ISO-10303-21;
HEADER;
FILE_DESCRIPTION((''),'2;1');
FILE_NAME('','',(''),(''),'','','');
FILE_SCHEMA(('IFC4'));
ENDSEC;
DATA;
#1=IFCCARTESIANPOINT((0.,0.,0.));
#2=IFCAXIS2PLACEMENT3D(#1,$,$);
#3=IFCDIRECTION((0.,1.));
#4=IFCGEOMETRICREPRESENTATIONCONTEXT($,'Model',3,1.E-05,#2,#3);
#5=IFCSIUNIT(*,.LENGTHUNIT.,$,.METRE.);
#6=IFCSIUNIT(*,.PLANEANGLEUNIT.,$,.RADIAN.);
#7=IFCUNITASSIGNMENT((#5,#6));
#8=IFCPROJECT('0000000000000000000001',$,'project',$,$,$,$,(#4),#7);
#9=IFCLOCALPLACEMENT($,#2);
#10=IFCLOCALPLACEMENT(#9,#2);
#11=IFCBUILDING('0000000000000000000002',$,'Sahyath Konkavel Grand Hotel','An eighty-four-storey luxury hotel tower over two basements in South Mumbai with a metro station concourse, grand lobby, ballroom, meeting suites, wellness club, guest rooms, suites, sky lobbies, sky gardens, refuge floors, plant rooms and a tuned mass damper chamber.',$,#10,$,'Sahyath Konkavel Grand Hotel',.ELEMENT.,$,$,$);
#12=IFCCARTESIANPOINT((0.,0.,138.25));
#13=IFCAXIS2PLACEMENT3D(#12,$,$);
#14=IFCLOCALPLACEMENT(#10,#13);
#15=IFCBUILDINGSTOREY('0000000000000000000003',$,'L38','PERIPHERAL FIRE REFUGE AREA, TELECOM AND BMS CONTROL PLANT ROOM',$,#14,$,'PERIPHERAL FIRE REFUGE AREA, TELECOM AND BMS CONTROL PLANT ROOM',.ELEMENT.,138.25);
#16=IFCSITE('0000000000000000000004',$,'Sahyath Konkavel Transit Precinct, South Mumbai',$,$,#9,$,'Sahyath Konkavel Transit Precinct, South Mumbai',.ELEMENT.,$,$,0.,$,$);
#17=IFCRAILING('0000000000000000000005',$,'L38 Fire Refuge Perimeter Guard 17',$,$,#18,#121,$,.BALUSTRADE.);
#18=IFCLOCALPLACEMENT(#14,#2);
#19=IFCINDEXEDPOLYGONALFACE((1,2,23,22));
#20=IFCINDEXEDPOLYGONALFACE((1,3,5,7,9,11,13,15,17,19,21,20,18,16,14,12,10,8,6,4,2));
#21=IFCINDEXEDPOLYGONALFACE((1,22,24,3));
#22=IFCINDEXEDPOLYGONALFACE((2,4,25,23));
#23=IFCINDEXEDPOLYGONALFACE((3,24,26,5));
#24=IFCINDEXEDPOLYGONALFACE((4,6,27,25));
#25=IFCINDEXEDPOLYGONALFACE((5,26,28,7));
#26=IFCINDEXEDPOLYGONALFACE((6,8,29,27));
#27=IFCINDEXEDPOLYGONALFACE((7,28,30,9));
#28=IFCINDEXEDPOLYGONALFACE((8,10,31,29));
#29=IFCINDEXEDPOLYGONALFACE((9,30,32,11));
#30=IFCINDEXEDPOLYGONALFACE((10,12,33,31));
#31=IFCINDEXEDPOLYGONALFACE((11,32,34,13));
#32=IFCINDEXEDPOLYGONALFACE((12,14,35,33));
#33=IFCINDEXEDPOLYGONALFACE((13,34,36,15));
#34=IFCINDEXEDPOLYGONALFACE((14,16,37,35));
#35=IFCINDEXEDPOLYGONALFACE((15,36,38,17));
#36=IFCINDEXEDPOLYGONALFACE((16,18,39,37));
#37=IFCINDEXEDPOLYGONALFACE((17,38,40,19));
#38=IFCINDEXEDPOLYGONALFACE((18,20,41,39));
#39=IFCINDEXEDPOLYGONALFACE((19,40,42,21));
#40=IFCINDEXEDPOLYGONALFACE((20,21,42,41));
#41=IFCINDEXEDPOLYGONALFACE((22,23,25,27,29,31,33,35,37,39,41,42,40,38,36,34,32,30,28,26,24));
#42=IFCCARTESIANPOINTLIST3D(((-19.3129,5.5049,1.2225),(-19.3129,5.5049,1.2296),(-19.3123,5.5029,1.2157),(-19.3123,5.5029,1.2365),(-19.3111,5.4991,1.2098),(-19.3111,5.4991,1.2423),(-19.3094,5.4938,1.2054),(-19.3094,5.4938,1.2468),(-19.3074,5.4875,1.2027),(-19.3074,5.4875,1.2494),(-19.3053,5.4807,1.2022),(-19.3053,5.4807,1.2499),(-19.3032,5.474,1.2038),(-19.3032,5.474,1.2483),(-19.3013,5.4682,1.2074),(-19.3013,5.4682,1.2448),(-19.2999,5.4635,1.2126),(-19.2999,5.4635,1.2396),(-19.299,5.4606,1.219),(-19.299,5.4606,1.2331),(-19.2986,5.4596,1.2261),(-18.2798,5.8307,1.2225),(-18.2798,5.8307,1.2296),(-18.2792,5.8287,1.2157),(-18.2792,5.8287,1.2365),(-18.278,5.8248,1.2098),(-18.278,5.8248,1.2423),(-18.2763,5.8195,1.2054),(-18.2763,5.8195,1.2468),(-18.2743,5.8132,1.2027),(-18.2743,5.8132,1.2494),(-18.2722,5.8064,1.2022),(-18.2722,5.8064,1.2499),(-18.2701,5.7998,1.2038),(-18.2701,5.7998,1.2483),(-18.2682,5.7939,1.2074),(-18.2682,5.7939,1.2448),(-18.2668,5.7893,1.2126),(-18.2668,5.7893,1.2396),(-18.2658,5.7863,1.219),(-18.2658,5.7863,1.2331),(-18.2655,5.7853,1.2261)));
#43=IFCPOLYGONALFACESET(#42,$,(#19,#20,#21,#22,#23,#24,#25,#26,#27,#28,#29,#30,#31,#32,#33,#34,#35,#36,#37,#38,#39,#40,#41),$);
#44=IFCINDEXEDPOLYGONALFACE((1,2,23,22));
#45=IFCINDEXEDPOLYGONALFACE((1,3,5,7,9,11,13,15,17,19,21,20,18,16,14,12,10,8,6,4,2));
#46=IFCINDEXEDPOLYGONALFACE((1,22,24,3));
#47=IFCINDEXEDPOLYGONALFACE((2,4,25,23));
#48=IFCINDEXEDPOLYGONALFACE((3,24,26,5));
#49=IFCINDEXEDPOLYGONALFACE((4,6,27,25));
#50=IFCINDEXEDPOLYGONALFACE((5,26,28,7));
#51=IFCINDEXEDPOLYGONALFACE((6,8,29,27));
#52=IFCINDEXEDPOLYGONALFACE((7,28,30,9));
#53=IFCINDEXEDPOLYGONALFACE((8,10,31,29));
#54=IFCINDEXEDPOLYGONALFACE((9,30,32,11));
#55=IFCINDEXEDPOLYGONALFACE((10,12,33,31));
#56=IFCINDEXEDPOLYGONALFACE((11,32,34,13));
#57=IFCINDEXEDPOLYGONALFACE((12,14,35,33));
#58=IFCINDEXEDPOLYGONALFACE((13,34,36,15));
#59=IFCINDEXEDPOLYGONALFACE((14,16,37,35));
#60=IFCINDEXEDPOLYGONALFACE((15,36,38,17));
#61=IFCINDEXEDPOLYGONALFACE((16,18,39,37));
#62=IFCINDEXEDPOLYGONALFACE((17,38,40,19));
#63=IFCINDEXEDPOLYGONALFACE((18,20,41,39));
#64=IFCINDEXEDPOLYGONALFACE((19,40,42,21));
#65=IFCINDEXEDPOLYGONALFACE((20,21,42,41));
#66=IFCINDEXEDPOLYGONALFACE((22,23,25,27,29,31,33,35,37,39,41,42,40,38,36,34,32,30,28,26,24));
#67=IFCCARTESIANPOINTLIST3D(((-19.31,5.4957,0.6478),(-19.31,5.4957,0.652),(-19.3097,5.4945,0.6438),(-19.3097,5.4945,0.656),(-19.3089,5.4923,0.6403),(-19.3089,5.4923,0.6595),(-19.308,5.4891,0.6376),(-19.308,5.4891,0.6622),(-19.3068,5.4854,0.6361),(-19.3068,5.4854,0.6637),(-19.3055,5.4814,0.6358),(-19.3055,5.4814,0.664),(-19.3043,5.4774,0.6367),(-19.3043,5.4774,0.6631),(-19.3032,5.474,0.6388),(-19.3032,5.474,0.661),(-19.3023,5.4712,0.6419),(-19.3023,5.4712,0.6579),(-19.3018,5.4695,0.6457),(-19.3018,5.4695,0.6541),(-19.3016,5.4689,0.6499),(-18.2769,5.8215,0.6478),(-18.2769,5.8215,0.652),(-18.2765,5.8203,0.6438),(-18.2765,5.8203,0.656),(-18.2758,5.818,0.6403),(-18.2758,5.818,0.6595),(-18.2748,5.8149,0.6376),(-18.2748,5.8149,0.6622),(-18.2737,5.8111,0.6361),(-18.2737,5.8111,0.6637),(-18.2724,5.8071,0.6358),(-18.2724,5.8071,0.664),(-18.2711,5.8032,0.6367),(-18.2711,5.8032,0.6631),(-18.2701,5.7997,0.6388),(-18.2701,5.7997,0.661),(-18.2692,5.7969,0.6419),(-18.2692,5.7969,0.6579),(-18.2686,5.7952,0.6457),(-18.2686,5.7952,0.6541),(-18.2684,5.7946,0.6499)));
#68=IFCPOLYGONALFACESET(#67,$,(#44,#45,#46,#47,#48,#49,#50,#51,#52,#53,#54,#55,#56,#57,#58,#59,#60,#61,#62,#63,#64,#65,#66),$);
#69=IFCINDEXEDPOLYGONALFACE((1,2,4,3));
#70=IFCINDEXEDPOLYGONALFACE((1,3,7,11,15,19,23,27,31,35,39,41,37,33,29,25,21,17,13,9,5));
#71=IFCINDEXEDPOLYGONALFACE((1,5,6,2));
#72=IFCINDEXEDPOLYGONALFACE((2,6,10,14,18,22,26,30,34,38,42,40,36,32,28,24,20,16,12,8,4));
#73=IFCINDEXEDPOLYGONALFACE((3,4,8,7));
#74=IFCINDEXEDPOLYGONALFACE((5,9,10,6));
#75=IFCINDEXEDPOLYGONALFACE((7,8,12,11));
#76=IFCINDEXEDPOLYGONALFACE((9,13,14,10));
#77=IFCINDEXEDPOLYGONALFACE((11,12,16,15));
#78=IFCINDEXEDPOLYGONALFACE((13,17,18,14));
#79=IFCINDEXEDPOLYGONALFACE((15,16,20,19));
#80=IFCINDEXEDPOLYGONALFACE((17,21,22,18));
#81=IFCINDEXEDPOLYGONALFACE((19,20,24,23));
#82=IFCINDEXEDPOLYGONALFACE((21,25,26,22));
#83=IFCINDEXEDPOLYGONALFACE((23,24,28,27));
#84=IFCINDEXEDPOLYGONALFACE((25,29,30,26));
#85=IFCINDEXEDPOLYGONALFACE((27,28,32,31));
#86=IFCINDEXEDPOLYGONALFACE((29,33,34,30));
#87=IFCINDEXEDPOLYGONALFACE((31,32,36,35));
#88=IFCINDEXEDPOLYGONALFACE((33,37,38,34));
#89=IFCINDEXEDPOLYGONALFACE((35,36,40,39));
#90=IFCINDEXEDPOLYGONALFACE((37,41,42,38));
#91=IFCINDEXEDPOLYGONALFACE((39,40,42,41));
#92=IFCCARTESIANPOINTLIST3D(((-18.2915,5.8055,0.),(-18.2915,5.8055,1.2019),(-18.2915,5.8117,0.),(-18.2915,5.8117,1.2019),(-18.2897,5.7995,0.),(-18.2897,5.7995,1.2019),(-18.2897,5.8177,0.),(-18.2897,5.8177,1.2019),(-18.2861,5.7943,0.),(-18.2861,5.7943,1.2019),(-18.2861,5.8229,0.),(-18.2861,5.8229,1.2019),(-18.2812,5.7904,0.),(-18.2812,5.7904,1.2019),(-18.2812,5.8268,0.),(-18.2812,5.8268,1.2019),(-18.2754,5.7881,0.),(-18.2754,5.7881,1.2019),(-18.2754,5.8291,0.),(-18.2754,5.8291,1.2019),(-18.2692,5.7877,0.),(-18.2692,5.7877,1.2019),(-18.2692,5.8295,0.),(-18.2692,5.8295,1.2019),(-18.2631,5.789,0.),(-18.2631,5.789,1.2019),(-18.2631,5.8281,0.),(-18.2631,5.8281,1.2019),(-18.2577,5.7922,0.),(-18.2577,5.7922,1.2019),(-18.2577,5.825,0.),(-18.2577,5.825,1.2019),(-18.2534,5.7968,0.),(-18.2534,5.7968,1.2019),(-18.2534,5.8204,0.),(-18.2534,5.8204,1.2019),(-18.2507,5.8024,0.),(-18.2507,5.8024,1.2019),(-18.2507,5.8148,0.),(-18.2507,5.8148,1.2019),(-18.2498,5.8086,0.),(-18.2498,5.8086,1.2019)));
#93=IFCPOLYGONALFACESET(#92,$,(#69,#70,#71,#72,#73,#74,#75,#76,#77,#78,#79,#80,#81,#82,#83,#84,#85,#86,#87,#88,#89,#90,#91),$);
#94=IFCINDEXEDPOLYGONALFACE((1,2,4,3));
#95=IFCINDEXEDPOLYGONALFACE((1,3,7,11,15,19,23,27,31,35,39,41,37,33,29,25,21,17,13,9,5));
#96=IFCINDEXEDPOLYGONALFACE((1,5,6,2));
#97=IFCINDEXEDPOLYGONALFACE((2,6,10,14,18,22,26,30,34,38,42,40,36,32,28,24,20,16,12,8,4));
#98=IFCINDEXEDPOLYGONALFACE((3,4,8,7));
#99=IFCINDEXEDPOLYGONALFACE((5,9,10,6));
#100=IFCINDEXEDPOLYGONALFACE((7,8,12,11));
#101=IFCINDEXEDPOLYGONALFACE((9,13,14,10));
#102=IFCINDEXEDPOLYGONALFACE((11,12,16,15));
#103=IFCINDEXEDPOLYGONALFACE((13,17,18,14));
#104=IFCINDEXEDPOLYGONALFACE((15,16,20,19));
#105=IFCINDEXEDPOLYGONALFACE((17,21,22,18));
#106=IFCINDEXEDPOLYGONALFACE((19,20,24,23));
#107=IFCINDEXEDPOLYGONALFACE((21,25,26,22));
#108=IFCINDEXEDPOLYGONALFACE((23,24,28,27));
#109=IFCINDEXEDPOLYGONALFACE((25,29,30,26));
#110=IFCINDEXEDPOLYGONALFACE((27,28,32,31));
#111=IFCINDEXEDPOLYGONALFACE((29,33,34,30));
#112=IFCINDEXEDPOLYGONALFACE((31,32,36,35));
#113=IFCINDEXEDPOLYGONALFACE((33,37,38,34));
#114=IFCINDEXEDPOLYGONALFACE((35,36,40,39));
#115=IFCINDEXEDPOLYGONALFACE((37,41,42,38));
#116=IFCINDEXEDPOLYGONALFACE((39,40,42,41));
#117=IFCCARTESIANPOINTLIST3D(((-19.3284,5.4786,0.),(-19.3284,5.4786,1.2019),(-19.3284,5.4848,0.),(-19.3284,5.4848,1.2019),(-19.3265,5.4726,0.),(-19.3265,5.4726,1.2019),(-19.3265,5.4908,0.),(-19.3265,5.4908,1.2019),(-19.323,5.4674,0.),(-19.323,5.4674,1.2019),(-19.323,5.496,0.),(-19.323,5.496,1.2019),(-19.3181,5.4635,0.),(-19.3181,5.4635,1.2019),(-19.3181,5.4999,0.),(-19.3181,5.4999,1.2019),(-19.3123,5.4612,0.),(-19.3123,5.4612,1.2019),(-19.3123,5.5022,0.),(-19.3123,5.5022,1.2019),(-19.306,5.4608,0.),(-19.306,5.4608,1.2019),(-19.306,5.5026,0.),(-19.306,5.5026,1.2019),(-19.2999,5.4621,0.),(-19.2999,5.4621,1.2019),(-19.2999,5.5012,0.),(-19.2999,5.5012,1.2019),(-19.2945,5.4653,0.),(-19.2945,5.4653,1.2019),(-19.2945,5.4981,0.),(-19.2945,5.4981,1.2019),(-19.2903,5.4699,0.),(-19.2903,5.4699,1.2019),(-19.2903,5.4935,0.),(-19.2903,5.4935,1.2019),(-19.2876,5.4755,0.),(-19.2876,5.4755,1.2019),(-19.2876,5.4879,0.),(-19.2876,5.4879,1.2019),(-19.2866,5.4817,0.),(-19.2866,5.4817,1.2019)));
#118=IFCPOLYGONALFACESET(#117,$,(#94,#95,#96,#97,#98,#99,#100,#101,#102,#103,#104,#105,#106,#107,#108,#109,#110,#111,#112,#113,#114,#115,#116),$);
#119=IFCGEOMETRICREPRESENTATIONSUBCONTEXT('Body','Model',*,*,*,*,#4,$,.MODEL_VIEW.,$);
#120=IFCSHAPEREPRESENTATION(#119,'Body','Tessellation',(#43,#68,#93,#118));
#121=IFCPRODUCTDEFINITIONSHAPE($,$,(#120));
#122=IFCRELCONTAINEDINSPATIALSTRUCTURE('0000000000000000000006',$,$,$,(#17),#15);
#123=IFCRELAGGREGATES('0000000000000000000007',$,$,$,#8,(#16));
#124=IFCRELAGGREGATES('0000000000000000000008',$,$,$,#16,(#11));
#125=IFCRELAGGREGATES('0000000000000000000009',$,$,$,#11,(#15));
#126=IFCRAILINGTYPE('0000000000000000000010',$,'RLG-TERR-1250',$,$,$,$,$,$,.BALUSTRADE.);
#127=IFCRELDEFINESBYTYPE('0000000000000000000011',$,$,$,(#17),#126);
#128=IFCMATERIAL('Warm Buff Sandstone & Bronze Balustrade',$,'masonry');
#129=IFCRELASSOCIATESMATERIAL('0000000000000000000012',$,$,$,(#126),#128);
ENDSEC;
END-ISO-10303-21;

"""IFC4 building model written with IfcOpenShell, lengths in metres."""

from ifc_helpers import new_model, si_unit, direction, frame, origin, origin_2d, place, context, subcontext, project, spatial, circle, extrude, material, type_object, element, save


model = new_model("IFC4")

# Units and contexts
model_context = context("Model", 3, precision=1e-05, world=origin(), true_north=direction((0.0, 1.0)))
body_context = subcontext(model_context, "Body", "Model", "MODEL_VIEW")
ifc_project = project(units=[si_unit("LENGTHUNIT", "METRE"), si_unit("PLANEANGLEUNIT", "RADIAN")], contexts=[model_context])

# Site, building, storey
site_placement = place(None, origin())
site = spatial("IfcSite", under=ifc_project, at=site_placement, Name="Sahyath Konkavel Transit Precinct, South Mumbai", LongName="Sahyath Konkavel Transit Precinct, South Mumbai", CompositionType="ELEMENT", RefElevation=0.0)
building_placement = place(site_placement, origin())
building = spatial("IfcBuilding", under=site, at=building_placement, Name="Sahyath Konkavel Grand Hotel", Description="An eighty-four-storey luxury hotel tower over two basements in South Mumbai with a metro station concourse, grand lobby, ballroom, meeting suites, wellness club, guest rooms, suites, sky lobbies, sky gardens, refuge floors, plant rooms and a tuned mass damper chamber.", LongName="Sahyath Konkavel Grand Hotel", CompositionType="ELEMENT")
storey_placement = place(building_placement, frame((0.0, 0.0, 138.25)))
storey = spatial("IfcBuildingStorey", under=building, at=storey_placement, Name="L38", Description="PERIPHERAL FIRE REFUGE AREA, TELECOM AND BMS CONTROL PLANT ROOM", LongName="PERIPHERAL FIRE REFUGE AREA, TELECOM AND BMS CONTROL PLANT ROOM", CompositionType="ELEMENT", Elevation=138.25)

# Railing
ifc_material_1 = material(Name="Warm Buff Sandstone & Bronze Balustrade", Category="masonry")
railing_type = type_object("IfcRailingType", Name="RLG-TERR-1250", PredefinedType="BALUSTRADE", material=ifc_material_1)
railing_1_placement = place(storey_placement, frame((-18.2708, 5.8086, 0.0)))
element("IfcRailing", 1, at=railing_1_placement, inside=storey, type_object=railing_type, Name="L38 Fire Refuge Perimeter Guard 17", PredefinedType="BALUSTRADE", context=body_context, shape_type="SweptSolid", body=[
    extrude(circle(Radius=0.0239, at=origin_2d()), frame((-0.002, -0.0005, 1.2261), z_axis=(-0.953722, -0.300691, 0.0), x_axis=(0.300691, -0.953722, 0.0)), (0.0, 0.0, 1.0), 1.0833),
    extrude(circle(Radius=0.0142, at=origin_2d()), frame((-0.002, -0.0005, 0.6499), z_axis=(-0.953722, -0.300691, 0.0), x_axis=(0.300691, -0.953722, 0.0)), (0.0, 0.0, 1.0), 1.0833),
    extrude(circle(Radius=0.021, at=origin_2d()), origin(), (0.0, 0.0, 1.0), 1.2019),
    extrude(circle(Radius=0.021, at=origin_2d()), frame((-1.0369, -0.3269, 0.0)), (0.0, 0.0, 1.0), 1.2019),
])

save(model, "model.ifc")
